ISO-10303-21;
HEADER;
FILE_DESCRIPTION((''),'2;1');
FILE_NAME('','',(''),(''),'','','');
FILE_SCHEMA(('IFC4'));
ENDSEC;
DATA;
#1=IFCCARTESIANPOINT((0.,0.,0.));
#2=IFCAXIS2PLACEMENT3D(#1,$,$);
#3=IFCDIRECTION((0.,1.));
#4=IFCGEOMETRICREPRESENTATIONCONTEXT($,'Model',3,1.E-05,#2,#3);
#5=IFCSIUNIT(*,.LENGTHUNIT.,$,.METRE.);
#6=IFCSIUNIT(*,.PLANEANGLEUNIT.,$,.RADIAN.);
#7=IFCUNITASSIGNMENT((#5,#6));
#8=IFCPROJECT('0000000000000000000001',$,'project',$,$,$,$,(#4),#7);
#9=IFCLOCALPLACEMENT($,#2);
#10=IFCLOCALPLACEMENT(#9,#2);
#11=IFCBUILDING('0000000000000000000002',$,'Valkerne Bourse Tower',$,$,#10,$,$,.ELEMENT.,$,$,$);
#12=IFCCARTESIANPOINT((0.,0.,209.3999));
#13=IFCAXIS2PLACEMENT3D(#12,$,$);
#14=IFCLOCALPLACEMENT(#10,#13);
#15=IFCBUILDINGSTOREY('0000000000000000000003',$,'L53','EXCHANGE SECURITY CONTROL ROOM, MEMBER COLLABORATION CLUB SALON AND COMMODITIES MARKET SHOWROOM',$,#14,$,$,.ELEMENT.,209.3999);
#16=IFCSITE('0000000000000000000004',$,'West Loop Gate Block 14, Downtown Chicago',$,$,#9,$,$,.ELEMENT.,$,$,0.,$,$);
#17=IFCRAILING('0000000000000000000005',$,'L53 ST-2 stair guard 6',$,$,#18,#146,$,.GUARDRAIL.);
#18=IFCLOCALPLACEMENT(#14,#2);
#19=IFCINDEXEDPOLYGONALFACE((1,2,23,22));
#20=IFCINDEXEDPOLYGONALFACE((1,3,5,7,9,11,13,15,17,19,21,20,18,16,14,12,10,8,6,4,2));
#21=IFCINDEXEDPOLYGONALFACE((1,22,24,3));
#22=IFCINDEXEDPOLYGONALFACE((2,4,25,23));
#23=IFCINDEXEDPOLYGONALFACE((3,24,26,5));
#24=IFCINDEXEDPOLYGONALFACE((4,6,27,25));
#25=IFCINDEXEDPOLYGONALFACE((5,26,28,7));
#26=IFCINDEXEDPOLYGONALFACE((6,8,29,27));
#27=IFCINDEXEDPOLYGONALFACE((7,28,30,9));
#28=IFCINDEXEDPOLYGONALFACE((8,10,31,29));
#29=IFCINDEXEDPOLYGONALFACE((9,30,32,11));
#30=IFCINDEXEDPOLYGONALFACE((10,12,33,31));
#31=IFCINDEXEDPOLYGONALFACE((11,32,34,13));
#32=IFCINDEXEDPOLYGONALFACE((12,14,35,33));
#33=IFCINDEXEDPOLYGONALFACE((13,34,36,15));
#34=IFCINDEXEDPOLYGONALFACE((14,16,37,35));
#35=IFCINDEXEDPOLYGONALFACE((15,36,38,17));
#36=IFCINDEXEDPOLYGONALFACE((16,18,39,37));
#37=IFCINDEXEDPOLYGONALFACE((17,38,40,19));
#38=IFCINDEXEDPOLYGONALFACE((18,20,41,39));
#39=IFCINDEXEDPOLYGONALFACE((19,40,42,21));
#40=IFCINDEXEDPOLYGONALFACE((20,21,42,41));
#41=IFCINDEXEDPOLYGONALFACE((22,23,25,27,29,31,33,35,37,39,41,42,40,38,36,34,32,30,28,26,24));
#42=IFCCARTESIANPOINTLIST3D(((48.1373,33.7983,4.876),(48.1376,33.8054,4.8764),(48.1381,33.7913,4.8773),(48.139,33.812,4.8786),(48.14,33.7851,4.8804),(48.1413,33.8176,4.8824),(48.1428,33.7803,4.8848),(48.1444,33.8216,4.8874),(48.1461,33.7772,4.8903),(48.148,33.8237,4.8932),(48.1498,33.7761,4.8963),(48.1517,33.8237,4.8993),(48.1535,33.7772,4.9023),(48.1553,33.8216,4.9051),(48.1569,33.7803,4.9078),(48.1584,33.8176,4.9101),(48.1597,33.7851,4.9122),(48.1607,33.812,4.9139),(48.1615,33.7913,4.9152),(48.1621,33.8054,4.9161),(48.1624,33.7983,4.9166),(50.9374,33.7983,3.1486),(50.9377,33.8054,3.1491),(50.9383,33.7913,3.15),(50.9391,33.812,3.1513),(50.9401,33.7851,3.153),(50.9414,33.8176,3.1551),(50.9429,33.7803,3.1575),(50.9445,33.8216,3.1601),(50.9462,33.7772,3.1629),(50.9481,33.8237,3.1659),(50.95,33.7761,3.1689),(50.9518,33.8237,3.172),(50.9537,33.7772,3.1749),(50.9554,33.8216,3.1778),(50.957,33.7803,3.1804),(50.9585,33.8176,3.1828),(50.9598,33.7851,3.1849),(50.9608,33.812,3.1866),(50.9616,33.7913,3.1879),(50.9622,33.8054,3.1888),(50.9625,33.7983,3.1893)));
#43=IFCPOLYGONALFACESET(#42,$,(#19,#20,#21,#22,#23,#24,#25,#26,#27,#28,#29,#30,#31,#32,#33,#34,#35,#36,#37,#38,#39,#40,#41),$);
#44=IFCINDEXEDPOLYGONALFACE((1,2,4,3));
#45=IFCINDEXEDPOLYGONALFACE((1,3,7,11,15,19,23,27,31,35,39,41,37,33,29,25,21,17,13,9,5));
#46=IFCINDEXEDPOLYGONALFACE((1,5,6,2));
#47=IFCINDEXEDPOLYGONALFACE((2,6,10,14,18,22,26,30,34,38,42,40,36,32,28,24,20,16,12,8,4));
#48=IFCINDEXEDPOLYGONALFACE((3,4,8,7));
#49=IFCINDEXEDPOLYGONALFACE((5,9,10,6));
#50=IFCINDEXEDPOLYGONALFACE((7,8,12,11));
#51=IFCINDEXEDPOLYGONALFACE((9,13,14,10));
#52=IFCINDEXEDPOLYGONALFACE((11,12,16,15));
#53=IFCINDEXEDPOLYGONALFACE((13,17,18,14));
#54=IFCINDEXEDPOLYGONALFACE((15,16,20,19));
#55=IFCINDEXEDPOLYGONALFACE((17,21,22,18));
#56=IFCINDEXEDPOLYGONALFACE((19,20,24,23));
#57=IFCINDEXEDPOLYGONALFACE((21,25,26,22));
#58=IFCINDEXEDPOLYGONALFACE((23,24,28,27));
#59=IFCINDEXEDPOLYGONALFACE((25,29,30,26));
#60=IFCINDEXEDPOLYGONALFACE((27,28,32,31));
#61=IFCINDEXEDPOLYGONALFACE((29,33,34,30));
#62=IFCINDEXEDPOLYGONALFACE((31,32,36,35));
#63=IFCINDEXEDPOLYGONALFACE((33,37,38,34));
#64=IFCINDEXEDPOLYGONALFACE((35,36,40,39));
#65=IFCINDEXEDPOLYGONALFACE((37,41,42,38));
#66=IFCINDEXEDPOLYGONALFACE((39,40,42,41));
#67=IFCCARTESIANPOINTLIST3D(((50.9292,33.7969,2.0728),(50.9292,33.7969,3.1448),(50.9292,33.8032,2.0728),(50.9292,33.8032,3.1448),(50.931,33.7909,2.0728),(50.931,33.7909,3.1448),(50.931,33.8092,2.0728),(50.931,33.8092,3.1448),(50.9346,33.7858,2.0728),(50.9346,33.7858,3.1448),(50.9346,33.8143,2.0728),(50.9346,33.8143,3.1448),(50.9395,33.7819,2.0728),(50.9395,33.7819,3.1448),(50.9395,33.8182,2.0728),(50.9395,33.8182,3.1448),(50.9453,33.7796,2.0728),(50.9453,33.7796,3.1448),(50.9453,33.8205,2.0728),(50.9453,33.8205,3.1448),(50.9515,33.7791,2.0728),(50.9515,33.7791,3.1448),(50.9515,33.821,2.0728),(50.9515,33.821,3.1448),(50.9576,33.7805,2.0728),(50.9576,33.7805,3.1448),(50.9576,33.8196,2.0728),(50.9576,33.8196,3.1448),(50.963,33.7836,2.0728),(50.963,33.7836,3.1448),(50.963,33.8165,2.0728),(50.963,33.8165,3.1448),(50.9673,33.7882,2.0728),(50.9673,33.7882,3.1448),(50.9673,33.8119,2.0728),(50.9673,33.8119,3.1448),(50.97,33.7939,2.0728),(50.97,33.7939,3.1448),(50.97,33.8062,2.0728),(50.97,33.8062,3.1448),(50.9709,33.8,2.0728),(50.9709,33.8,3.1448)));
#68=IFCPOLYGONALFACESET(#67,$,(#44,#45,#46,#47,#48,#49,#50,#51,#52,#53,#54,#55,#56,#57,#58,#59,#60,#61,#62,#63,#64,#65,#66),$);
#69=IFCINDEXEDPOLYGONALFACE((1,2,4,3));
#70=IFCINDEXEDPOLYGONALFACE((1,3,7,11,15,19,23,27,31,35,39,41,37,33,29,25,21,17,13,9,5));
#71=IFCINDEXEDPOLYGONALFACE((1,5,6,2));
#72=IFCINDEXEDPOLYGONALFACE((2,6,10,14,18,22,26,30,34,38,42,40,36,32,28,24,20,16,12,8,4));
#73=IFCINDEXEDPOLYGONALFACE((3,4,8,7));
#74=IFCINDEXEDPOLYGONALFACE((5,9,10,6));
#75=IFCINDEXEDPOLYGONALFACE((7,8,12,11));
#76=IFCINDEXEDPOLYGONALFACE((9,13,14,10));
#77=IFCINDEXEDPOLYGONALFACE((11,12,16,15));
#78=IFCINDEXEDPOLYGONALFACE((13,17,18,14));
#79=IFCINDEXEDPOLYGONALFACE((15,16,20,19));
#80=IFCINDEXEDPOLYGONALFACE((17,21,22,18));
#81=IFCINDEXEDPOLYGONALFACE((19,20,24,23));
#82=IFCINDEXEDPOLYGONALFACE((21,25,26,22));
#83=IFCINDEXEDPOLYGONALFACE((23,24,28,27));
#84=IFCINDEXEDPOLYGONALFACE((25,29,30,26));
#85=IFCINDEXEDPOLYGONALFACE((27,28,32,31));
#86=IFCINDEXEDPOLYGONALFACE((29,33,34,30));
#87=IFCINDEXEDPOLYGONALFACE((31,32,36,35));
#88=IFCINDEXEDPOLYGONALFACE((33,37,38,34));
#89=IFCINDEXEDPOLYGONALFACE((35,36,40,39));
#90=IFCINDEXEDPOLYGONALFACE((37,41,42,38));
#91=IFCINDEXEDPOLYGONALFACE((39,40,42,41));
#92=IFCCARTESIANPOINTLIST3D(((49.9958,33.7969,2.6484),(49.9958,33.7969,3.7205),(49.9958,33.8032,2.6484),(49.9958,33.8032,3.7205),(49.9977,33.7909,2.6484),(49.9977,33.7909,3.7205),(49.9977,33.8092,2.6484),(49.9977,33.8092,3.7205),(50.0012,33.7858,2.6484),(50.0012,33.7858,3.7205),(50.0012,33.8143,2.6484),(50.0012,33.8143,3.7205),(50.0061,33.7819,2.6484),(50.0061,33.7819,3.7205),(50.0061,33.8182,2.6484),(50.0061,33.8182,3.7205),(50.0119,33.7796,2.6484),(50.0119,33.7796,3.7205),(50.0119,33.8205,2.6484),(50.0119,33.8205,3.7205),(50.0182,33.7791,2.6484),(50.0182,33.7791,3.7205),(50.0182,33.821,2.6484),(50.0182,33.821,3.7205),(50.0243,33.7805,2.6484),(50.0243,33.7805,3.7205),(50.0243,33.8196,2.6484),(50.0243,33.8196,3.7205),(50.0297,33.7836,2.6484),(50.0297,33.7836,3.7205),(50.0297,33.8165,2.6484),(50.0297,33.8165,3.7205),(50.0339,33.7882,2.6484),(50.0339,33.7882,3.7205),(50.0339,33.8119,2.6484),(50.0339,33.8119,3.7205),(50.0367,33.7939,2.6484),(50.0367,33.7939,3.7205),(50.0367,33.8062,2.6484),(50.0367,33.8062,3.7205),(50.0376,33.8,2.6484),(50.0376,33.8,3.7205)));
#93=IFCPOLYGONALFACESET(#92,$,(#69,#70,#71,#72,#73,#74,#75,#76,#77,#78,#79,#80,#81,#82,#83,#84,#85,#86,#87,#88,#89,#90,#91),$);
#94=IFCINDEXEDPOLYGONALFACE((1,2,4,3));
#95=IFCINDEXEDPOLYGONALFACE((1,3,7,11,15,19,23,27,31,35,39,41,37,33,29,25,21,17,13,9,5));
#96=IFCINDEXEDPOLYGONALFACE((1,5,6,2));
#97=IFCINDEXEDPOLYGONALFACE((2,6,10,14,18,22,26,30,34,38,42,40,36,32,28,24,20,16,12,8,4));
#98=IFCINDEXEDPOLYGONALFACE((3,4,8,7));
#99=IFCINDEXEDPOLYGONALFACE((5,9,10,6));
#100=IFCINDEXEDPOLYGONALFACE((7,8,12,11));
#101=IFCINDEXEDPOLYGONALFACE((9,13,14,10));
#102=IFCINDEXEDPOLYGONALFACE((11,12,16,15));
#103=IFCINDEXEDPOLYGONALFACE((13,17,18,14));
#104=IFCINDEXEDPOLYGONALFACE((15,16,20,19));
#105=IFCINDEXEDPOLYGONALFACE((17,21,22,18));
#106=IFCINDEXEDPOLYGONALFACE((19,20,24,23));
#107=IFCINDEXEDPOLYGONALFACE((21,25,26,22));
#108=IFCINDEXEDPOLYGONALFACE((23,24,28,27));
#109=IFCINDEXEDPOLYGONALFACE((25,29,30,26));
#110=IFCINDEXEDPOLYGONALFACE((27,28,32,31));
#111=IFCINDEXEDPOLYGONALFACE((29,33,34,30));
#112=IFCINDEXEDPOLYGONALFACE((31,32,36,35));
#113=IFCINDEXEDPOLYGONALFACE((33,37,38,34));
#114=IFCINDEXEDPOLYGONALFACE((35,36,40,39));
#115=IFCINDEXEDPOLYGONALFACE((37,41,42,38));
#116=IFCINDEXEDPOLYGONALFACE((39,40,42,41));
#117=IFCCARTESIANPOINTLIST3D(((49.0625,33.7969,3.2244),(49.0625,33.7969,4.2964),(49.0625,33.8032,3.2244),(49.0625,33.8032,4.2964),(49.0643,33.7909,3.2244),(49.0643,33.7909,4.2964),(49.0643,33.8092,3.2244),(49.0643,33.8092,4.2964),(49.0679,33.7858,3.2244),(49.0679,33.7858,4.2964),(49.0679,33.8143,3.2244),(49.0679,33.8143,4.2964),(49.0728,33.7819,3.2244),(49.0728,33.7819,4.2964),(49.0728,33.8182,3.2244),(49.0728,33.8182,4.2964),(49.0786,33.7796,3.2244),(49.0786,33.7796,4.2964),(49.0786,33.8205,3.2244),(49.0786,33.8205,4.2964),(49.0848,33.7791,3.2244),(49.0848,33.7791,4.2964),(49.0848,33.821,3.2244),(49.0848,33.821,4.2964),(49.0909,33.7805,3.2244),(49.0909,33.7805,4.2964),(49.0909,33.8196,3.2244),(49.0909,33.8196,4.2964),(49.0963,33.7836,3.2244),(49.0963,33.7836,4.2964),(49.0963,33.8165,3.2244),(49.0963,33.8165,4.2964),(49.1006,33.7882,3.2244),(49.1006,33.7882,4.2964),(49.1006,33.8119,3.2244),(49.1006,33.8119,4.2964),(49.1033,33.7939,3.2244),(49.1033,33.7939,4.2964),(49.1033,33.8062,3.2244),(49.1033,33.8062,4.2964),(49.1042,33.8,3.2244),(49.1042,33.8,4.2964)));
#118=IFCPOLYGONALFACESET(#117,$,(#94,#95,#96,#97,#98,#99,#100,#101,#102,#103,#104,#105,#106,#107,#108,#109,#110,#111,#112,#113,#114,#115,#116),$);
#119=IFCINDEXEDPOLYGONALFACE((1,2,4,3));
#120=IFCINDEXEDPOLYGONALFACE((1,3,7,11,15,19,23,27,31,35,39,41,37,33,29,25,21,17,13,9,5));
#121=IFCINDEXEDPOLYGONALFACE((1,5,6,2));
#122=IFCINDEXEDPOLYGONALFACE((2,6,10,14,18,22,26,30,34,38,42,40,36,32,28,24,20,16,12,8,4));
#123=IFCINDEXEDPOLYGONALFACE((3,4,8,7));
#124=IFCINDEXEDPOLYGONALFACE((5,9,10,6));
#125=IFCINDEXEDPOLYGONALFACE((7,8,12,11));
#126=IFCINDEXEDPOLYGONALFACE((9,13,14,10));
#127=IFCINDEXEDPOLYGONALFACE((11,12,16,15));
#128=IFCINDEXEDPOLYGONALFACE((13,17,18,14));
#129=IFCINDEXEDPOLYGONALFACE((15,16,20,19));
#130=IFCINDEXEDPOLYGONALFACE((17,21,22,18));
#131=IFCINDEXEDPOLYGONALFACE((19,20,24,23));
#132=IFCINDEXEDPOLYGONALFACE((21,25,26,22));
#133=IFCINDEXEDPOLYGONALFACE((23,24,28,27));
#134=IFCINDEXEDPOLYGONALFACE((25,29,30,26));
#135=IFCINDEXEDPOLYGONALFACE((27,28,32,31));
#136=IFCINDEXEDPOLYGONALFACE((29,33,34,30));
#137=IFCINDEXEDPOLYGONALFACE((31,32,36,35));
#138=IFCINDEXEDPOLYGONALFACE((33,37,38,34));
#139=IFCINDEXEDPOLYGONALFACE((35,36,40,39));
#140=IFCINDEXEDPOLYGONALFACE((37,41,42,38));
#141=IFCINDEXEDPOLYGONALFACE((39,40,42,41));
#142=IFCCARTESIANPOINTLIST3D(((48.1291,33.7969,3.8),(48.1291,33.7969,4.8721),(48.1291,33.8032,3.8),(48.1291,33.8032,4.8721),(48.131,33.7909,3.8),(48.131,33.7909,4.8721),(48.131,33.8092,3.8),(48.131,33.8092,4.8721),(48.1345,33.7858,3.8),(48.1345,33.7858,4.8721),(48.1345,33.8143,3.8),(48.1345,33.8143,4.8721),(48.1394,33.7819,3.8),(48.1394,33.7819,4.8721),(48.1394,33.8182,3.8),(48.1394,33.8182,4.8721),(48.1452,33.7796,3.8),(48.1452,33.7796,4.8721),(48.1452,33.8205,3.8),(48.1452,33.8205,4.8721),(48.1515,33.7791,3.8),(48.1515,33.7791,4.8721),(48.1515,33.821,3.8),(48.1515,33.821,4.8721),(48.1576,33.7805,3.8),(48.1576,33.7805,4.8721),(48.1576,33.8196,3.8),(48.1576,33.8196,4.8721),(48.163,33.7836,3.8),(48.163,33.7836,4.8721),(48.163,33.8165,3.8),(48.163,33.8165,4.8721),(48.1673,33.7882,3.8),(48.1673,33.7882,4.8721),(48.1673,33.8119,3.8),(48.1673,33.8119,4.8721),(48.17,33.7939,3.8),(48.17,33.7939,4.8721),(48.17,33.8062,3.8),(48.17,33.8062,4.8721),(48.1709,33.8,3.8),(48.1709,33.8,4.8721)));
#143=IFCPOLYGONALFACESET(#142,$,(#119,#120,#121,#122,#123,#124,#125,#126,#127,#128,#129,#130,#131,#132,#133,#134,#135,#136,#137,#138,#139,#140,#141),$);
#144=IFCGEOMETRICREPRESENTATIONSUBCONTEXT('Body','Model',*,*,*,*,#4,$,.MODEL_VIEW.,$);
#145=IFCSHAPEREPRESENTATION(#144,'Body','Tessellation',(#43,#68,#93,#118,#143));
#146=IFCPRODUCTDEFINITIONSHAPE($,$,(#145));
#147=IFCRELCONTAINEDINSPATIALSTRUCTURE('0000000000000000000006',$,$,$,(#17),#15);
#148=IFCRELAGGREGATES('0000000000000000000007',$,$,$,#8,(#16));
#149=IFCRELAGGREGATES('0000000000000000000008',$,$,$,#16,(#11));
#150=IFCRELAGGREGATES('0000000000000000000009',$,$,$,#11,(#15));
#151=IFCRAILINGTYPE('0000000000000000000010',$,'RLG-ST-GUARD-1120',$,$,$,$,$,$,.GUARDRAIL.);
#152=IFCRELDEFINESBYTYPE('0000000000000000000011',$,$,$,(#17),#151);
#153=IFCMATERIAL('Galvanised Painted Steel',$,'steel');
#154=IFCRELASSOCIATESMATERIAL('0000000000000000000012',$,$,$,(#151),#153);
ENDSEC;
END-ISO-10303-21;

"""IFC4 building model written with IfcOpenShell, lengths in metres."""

from ifc_helpers import new_model, si_unit, direction, frame, origin, origin_2d, place, context, subcontext, project, spatial, circle, extrude, material, type_object, element, save


model = new_model("IFC4")

# Units and contexts
model_context = context("Model", 3, precision=1e-05, world=origin(), true_north=direction((0.0, 1.0)))
body_context = subcontext(model_context, "Body", "Model", "MODEL_VIEW")
ifc_project = project(units=[si_unit("LENGTHUNIT", "METRE"), si_unit("PLANEANGLEUNIT", "RADIAN")], contexts=[model_context])

# Site, building, storey
site_placement = place(None, origin())
site = spatial("IfcSite", under=ifc_project, at=site_placement, Name="West Loop Gate Block 14, Downtown Chicago", CompositionType="ELEMENT", RefElevation=0.0)
building_placement = place(site_placement, origin())
building = spatial("IfcBuilding", under=site, at=building_placement, Name="Valkerne Bourse Tower", CompositionType="ELEMENT")
storey_placement = place(building_placement, frame((0.0, 0.0, 209.3999)))
storey = spatial("IfcBuildingStorey", under=building, at=storey_placement, Name="L53", Description="EXCHANGE SECURITY CONTROL ROOM, MEMBER COLLABORATION CLUB SALON AND COMMODITIES MARKET SHOWROOM", CompositionType="ELEMENT", Elevation=209.3999)

# Shared definitions
ifc_material_1 = material(Name="Galvanised Painted Steel", Category="steel")

# Railing
railing_type_1 = type_object("IfcRailingType", Name="RLG-ST-GUARD-1120", PredefinedType="GUARDRAIL", material=ifc_material_1)
railing_1_placement = place(storey_placement, frame((50.95, 33.8, 2.0728)))
element("IfcRailing", 1, at=railing_1_placement, inside=storey, type_object=railing_type_1, Name="L53 ST-2 stair guard 6", PredefinedType="GUARDRAIL", context=body_context, shape_type="SweptSolid", body=[
    extrude(circle(Radius=0.0239, at=origin_2d()), frame((0.0, 0.0, 1.0962), z_axis=(-0.85109, 0.0, 0.52502), x_axis=(0.0, -1.0, 0.0)), (0.0, 0.0, 1.0), 3.29),
    extrude(circle(Radius=0.021, at=origin_2d()), origin(), (0.0, 0.0, 1.0), 1.072),
    extrude(circle(Radius=0.021, at=origin_2d()), frame((-0.9333, 0.0, 0.5757)), (0.0, 0.0, 1.0), 1.072),
    extrude(circle(Radius=0.021, at=origin_2d()), frame((-1.8667, 0.0, 1.1516)), (0.0, 0.0, 1.0), 1.072),
    extrude(circle(Radius=0.021, at=origin_2d()), frame((-2.8, 0.0, 1.7273)), (0.0, 0.0, 1.0), 1.072),
])

save(model, "model.ifc")
